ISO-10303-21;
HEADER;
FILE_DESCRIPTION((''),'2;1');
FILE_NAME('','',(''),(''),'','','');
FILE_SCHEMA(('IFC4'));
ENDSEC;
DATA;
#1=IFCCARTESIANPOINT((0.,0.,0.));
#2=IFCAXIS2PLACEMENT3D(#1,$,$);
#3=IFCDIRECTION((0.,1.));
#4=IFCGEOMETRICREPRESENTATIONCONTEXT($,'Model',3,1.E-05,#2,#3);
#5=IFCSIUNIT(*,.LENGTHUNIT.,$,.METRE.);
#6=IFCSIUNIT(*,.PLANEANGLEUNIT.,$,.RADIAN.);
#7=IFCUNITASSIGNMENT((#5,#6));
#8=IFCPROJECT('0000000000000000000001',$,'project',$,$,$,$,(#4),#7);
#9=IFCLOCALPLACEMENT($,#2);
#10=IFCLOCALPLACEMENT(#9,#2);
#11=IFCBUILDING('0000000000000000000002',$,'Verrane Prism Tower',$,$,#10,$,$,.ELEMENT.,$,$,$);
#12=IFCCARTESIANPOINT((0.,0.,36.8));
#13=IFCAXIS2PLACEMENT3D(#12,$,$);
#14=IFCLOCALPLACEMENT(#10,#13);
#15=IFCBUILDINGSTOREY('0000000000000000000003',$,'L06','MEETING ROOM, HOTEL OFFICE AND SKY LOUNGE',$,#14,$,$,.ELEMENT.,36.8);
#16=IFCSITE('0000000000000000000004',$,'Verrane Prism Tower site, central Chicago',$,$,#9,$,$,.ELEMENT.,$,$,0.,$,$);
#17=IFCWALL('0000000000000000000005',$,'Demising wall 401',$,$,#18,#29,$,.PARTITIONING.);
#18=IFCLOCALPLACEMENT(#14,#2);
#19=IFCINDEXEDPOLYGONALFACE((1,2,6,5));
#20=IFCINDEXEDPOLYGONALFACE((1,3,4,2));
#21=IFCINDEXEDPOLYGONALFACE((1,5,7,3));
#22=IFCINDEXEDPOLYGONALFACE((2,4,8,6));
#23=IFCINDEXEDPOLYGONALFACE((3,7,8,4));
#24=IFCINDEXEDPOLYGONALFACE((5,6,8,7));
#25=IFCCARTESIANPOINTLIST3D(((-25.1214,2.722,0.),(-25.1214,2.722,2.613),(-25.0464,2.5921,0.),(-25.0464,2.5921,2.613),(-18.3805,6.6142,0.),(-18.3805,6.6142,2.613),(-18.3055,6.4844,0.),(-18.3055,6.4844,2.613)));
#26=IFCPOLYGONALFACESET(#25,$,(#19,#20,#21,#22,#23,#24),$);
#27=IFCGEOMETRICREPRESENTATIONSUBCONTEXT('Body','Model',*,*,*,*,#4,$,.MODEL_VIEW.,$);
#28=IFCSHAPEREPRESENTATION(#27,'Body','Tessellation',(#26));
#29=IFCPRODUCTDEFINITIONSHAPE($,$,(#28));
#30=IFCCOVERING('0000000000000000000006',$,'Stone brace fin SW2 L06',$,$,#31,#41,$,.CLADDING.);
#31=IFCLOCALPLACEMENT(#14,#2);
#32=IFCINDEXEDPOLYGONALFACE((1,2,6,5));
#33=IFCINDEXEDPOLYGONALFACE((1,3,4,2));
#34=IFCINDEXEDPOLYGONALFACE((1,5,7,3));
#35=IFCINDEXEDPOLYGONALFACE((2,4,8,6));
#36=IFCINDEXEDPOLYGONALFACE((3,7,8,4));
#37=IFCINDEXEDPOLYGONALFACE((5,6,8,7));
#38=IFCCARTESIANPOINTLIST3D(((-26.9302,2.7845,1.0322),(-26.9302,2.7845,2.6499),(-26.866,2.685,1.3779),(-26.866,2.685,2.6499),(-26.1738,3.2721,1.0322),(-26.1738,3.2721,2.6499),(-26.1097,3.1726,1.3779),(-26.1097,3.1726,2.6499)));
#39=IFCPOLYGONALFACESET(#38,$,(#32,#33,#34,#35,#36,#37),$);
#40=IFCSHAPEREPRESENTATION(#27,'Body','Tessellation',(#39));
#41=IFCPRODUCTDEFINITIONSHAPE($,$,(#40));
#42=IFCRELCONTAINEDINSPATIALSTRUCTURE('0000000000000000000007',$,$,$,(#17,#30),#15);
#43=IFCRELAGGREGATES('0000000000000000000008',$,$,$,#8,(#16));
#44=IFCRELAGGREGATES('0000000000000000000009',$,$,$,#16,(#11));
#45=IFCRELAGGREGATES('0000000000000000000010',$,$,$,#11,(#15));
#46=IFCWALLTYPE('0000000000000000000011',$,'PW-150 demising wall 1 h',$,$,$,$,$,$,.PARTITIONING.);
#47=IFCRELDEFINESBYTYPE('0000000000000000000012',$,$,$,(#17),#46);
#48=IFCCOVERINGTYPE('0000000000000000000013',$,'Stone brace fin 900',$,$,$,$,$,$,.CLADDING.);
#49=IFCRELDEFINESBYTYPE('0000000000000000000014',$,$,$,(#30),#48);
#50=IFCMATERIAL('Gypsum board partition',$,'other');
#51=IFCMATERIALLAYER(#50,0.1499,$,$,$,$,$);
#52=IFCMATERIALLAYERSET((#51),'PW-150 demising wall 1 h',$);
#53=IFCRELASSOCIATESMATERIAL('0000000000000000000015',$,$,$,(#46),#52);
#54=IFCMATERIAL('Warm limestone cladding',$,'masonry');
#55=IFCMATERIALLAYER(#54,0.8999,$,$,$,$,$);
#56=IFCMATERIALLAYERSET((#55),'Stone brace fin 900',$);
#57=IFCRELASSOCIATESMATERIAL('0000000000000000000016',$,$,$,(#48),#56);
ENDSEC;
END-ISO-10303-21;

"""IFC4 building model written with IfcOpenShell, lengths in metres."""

from ifc_helpers import new_model, si_unit, direction, frame, frame_2d, origin, place, context, subcontext, project, spatial, polyline, rectangle, outline, extrude, material, layer, layer_set, type_object, element, save


model = new_model("IFC4")

# Units and contexts
model_context = context("Model", 3, precision=1e-05, world=origin(), true_north=direction((0.0, 1.0)))
body_context = subcontext(model_context, "Body", "Model", "MODEL_VIEW")
ifc_project = project(units=[si_unit("LENGTHUNIT", "METRE"), si_unit("PLANEANGLEUNIT", "RADIAN")], contexts=[model_context])

# Site, building, storey
site_placement = place(None, origin())
site = spatial("IfcSite", under=ifc_project, at=site_placement, Name="Verrane Prism Tower site, central Chicago", CompositionType="ELEMENT", RefElevation=0.0)
building_placement = place(site_placement, origin())
building = spatial("IfcBuilding", under=site, at=building_placement, Name="Verrane Prism Tower", CompositionType="ELEMENT")
storey_placement = place(building_placement, frame((0.0, 0.0, 36.8)))
storey = spatial("IfcBuildingStorey", under=building, at=storey_placement, Name="L06", Description="MEETING ROOM, HOTEL OFFICE AND SKY LOUNGE", CompositionType="ELEMENT", Elevation=36.8)

# Wall
ifc_material_1 = material(Name="Gypsum board partition", Category="other")
ifc_layer_1 = layer(ifc_material_1, 0.1499)
ifc_layer_set_1 = layer_set([ifc_layer_1], Name="PW-150 demising wall 1 h")
wall_type_1 = type_object("IfcWallType", Name="PW-150 demising wall 1 h", PredefinedType="PARTITIONING", material=ifc_layer_set_1)
wall_1_placement = place(storey_placement, frame((-25.084, 2.657, 0.0), z_axis=(0.0, 0.0, 1.0), x_axis=(0.866001, 0.500042, 0.0)))
element("IfcWall", 1, at=wall_1_placement, inside=storey, type_object=wall_type_1, Name="Demising wall 401", PredefinedType="PARTITIONING", context=body_context, shape_type="SweptSolid", body=[
    extrude(rectangle(XDim=7.7839, YDim=0.1499, at=frame_2d((3.8921, 0.0))), origin(), (0.0, 0.0, 1.0), 2.613),
])

# Covering
ifc_material_2 = material(Name="Warm limestone cladding", Category="masonry")
ifc_layer_2 = layer(ifc_material_2, 0.8999)
ifc_layer_set_2 = layer_set([ifc_layer_2], Name="Stone brace fin 900")
covering_type = type_object("IfcCoveringType", Name="Stone brace fin 900", PredefinedType="CLADDING", material=ifc_layer_set_2)
covering_placement = place(storey_placement, frame((-26.552, 3.0283, 1.0322), z_axis=(0.0, 0.0, 1.0), x_axis=(0.541798, -0.840508, 0.0)))
element("IfcCovering", 2, at=covering_placement, inside=storey, type_object=covering_type, Name="Stone brace fin SW2 L06", PredefinedType="CLADDING", context=body_context, shape_type="SweptSolid", body=[
    extrude(outline(polyline([(0.1184, 1.6177), (0.0, 1.6177), (0.0, 0.0), (0.1184, 0.3457), (0.1184, 1.6177)])), frame((0.0, 0.45, 0.0), z_axis=(0.0, -1.0, 0.0), x_axis=(1.0, 0.0, 0.0)), (0.0, 0.0, 1.0), 0.8999),
])

save(model, "model.ifc")
